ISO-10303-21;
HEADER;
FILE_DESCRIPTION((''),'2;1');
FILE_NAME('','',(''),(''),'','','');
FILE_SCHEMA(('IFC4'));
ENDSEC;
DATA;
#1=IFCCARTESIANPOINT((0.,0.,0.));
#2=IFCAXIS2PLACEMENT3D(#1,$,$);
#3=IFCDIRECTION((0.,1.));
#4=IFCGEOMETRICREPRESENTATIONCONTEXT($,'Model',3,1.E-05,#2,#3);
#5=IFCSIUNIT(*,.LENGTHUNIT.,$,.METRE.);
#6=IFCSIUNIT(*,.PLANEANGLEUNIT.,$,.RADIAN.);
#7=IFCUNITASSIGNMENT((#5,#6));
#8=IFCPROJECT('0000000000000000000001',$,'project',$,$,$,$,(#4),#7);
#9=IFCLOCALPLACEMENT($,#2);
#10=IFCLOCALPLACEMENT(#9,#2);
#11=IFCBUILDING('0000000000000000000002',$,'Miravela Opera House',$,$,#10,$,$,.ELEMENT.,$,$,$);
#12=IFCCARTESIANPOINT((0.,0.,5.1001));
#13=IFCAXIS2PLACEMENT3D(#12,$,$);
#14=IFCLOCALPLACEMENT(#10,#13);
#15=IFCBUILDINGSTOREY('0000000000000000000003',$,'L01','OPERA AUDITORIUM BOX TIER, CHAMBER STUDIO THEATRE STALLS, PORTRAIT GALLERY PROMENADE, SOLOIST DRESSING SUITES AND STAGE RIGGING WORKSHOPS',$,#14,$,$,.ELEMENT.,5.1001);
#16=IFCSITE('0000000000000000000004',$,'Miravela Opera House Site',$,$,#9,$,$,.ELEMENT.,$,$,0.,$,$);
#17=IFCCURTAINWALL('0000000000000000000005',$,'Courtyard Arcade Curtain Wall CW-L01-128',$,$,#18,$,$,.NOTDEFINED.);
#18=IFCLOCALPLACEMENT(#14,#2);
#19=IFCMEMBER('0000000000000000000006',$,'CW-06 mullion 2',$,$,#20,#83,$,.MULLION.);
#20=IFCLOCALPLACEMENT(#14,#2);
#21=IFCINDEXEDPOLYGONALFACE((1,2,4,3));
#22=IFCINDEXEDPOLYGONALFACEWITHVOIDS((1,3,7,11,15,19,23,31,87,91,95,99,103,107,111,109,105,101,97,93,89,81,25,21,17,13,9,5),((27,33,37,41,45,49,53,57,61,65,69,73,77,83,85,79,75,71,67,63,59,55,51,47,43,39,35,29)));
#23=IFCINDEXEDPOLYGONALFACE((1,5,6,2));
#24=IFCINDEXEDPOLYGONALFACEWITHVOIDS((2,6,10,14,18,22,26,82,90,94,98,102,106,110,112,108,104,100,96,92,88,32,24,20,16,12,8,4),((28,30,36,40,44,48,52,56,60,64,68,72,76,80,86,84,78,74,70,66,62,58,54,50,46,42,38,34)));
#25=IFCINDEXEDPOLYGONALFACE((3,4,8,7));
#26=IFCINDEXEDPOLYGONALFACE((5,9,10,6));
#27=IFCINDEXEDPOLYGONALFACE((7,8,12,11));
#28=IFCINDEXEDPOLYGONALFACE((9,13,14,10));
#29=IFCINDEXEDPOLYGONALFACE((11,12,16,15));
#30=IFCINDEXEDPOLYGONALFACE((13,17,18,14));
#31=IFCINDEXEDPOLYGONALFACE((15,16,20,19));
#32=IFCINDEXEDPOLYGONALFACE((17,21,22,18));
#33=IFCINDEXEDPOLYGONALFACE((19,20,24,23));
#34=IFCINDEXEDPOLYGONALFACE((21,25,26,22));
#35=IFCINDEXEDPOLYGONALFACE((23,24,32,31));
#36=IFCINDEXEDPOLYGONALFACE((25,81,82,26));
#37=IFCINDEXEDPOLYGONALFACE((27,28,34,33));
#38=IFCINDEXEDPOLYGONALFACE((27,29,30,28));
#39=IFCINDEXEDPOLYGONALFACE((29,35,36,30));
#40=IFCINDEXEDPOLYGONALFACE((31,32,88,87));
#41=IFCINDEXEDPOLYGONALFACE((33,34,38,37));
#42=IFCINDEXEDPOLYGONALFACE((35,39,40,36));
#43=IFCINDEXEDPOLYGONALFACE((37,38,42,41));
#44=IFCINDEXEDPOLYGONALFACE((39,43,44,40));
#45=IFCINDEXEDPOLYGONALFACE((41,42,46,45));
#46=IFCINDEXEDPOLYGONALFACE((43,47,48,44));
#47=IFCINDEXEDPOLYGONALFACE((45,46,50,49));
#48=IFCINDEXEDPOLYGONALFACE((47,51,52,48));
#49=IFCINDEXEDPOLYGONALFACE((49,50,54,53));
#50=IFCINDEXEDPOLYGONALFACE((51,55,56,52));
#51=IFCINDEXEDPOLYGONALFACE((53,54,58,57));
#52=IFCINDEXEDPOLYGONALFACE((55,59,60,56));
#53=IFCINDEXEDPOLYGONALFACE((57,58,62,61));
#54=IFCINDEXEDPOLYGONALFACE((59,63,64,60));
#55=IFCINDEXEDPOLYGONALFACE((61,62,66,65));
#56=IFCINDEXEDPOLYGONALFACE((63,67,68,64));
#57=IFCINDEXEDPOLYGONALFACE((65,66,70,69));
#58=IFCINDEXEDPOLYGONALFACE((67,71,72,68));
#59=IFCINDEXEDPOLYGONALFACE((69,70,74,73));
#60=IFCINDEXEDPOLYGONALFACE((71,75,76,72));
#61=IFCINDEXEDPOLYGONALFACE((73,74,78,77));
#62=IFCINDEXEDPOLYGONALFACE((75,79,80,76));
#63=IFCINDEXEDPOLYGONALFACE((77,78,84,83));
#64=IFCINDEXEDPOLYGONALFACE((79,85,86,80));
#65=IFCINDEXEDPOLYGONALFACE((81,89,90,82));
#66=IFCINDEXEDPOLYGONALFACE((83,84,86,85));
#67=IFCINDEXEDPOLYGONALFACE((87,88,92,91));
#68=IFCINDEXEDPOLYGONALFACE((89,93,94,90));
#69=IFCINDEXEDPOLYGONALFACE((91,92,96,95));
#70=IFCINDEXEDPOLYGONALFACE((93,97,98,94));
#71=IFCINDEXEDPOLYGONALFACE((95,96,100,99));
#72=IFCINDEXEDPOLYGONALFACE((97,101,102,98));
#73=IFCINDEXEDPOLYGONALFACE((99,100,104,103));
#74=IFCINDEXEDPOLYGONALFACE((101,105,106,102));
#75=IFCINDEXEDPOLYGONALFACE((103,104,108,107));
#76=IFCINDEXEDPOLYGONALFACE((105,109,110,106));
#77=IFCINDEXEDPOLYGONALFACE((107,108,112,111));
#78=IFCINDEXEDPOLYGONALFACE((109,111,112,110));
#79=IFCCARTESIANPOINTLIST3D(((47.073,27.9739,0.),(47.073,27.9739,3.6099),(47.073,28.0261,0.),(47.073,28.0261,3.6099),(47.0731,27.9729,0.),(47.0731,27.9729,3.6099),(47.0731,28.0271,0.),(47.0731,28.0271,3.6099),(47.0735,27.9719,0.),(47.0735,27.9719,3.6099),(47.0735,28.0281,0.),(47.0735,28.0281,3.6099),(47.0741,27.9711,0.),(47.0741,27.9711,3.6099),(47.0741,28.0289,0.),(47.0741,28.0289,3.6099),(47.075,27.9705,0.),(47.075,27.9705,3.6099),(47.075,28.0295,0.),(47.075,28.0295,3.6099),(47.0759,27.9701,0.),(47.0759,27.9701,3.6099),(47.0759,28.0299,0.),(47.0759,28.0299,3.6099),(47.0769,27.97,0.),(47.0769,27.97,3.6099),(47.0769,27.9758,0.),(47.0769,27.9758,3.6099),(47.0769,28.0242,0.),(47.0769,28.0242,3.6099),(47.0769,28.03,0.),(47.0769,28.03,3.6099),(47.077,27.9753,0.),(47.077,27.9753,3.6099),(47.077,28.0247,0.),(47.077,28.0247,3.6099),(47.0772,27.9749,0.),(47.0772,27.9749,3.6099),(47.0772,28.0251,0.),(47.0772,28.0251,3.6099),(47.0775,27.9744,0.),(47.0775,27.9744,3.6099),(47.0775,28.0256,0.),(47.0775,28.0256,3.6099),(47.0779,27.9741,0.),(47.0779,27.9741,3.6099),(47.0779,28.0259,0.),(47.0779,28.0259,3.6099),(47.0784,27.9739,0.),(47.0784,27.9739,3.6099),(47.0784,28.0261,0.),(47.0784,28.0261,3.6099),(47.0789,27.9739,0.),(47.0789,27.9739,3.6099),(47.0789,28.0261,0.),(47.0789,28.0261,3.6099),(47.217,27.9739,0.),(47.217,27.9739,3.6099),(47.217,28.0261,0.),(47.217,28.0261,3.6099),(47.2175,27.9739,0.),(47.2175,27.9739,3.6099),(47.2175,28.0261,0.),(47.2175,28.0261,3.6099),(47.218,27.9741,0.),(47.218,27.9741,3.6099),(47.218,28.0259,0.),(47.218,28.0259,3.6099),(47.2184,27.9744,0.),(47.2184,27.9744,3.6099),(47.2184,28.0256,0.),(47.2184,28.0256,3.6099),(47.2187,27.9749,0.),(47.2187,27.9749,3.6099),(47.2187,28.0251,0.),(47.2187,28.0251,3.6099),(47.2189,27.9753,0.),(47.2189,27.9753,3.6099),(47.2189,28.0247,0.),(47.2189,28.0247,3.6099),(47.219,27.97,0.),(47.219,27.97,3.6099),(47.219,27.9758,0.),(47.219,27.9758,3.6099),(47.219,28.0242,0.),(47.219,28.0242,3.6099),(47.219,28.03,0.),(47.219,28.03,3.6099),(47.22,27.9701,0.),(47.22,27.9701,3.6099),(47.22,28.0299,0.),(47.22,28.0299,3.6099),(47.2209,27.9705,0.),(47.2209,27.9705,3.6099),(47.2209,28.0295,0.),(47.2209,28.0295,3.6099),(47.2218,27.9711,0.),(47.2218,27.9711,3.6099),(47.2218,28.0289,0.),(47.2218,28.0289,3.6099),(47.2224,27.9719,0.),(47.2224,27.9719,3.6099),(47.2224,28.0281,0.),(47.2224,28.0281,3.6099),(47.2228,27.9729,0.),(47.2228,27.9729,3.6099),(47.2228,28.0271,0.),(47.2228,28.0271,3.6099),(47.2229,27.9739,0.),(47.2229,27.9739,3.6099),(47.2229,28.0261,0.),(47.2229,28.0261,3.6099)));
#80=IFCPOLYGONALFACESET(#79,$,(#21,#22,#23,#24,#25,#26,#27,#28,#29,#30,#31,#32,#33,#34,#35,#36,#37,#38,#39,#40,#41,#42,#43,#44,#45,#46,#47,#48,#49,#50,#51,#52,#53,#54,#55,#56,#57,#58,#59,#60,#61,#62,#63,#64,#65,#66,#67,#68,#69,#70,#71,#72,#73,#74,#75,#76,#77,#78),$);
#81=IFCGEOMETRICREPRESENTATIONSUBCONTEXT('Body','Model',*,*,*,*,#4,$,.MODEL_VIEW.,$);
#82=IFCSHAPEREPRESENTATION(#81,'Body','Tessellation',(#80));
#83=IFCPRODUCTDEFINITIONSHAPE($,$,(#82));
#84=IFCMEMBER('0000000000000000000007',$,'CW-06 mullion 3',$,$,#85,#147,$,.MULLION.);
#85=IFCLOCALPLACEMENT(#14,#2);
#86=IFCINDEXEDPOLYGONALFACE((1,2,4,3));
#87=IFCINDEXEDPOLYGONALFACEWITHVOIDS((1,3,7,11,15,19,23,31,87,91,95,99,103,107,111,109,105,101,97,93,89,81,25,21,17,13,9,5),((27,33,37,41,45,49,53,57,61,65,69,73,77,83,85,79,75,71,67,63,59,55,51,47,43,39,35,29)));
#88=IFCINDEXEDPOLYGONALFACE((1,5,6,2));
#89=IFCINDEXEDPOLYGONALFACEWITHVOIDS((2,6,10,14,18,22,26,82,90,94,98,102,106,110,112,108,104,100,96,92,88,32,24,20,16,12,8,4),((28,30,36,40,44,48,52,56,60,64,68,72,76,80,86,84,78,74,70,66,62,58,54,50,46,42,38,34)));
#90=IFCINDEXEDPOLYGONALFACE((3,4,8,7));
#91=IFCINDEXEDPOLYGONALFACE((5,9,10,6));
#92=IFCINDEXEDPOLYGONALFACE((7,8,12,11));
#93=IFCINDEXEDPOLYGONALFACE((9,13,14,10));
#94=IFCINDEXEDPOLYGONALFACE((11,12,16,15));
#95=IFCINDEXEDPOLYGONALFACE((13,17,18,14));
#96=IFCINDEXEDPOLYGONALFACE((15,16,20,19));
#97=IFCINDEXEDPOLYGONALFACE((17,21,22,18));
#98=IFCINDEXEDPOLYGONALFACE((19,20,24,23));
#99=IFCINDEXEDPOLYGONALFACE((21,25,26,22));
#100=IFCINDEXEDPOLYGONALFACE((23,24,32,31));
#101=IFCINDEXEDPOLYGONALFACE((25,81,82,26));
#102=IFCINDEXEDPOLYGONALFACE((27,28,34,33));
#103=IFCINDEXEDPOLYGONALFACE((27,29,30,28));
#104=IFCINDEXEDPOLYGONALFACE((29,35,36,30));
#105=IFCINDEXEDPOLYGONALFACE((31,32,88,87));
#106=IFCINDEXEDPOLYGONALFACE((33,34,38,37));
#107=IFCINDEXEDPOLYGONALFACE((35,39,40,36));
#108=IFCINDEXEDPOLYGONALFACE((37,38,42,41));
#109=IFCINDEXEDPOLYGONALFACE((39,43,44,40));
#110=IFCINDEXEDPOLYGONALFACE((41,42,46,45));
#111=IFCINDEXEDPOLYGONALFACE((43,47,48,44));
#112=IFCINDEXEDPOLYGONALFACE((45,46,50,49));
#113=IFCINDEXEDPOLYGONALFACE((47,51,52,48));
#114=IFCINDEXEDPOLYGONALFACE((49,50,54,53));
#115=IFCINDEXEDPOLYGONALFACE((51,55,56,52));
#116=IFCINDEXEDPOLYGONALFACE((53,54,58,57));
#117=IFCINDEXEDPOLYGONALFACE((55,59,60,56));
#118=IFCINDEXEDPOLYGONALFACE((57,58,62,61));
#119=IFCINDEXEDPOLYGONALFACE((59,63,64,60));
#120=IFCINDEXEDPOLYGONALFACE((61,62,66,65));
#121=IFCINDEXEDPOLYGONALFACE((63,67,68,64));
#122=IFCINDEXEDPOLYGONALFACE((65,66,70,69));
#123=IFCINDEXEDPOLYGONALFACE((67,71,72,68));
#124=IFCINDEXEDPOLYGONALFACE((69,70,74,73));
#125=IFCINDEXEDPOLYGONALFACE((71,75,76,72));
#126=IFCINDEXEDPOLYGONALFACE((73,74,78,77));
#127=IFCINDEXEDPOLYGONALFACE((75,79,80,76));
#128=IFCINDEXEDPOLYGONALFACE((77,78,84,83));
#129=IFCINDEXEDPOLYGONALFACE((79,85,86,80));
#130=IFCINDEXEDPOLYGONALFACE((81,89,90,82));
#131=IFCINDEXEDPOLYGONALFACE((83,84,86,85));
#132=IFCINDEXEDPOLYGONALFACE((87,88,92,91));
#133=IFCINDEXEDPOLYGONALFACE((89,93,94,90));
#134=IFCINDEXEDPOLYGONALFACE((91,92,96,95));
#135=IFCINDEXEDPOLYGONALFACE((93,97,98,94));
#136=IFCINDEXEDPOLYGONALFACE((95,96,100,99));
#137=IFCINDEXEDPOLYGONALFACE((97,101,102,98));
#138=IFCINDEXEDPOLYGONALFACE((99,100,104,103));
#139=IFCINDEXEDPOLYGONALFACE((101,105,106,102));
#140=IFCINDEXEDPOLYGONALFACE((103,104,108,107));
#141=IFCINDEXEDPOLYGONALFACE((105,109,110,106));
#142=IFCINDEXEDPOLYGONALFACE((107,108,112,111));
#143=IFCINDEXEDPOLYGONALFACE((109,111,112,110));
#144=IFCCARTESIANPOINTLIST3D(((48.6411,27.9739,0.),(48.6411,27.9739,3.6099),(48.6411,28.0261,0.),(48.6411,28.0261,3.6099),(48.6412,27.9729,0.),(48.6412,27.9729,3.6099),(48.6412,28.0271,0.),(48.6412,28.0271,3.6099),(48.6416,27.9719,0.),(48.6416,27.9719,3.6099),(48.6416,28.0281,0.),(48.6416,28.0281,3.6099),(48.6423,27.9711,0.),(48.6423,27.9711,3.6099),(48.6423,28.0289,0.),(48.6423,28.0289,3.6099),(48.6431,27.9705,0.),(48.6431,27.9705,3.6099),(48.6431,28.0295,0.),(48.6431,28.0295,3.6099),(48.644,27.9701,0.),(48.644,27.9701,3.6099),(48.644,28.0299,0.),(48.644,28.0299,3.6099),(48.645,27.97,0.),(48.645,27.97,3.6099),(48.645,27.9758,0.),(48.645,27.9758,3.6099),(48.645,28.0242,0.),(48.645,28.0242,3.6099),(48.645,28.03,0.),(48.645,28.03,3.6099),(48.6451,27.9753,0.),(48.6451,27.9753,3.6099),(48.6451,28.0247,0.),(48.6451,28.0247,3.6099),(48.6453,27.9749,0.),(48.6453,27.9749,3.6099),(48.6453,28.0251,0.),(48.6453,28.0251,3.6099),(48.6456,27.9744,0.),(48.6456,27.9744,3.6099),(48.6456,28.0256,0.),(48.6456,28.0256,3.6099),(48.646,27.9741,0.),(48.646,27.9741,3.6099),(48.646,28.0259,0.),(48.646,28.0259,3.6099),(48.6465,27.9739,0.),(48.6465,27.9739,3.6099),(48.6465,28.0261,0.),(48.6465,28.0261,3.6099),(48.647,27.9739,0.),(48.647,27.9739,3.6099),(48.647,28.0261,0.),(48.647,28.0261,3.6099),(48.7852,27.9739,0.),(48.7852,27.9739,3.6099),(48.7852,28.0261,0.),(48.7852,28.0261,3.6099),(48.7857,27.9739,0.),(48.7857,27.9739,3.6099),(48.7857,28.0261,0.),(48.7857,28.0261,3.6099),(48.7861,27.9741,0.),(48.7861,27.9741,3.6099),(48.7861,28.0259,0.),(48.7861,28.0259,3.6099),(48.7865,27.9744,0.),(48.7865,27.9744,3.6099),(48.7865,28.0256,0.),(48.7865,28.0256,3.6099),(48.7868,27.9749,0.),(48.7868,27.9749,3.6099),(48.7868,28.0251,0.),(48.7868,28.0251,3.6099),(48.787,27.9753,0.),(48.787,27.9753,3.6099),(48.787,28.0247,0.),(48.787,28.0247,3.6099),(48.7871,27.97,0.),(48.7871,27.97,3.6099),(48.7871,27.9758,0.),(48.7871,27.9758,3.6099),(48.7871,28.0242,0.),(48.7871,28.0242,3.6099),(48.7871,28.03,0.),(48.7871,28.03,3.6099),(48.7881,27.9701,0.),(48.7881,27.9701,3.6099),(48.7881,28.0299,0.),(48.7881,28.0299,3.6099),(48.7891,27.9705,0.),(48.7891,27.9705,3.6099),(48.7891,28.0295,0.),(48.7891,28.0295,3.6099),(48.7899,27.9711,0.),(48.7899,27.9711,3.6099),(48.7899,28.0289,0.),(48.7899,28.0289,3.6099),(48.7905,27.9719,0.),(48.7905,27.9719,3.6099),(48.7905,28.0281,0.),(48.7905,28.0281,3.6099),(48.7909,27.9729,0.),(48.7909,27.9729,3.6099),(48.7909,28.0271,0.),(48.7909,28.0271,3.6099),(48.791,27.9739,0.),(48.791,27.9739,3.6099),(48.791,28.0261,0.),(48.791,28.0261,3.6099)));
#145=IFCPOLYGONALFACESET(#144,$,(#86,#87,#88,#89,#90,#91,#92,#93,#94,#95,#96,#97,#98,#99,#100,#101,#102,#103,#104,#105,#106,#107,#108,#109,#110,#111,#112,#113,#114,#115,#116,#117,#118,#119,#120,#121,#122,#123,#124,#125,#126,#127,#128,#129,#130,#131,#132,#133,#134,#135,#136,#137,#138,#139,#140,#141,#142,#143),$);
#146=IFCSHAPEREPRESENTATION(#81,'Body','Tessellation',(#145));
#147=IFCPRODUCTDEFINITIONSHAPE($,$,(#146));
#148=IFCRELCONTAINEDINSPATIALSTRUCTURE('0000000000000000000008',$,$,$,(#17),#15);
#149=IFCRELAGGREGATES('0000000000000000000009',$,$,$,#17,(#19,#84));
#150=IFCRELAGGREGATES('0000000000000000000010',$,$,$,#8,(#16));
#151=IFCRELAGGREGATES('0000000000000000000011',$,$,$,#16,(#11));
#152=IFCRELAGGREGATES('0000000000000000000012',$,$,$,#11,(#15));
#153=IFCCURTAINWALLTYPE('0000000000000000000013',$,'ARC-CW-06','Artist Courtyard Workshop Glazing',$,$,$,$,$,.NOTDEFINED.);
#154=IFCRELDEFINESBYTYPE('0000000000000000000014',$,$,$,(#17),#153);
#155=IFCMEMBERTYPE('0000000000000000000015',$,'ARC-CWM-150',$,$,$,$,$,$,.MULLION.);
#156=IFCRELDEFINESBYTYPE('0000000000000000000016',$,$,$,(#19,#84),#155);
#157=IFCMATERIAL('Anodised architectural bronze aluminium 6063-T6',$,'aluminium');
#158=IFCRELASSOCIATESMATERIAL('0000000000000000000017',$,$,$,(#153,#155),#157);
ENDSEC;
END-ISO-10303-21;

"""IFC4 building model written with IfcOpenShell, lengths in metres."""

from ifc_helpers import new_model, si_unit, direction, frame, origin, origin_2d, place, context, subcontext, project, spatial, hollow_rectangle, extrude, material, material_profile, profile_set, type_object, element, aggregate, save


model = new_model("IFC4")

# Units and contexts
model_context = context("Model", 3, precision=1e-05, world=origin(), true_north=direction((0.0, 1.0)))
body_context = subcontext(model_context, "Body", "Model", "MODEL_VIEW")
ifc_project = project(units=[si_unit("LENGTHUNIT", "METRE"), si_unit("PLANEANGLEUNIT", "RADIAN")], contexts=[model_context])

# Site, building, storey
site_placement = place(None, origin())
site = spatial("IfcSite", under=ifc_project, at=site_placement, Name="Miravela Opera House Site", CompositionType="ELEMENT", RefElevation=0.0)
building_placement = place(site_placement, origin())
building = spatial("IfcBuilding", under=site, at=building_placement, Name="Miravela Opera House", CompositionType="ELEMENT")
storey_placement = place(building_placement, frame((0.0, 0.0, 5.1001)))
storey = spatial("IfcBuildingStorey", under=building, at=storey_placement, Name="L01", Description="OPERA AUDITORIUM BOX TIER, CHAMBER STUDIO THEATRE STALLS, PORTRAIT GALLERY PROMENADE, SOLOIST DRESSING SUITES AND STAGE RIGGING WORKSHOPS", CompositionType="ELEMENT", Elevation=5.1001)

# Curtain wall, members
ifc_material_1 = material(Name="Anodised architectural bronze aluminium 6063-T6", Category="aluminium")
curtain_wall_type = type_object("IfcCurtainWallType", Name="ARC-CW-06", Description="Artist Courtyard Workshop Glazing", PredefinedType="NOTDEFINED", material=ifc_material_1)
curtain_wall_placement = place(storey_placement, origin())
curtain_wall = element("IfcCurtainWall", 1, at=curtain_wall_placement, inside=storey, type_object=curtain_wall_type, Name="Courtyard Arcade Curtain Wall CW-L01-128", PredefinedType="NOTDEFINED")
ifc_material_profile_1 = material_profile(ifc_material_1, hollow_rectangle(XDim=0.0601, YDim=0.1499, WallThickness=0.0039, InnerFilletRadius=0.002, OuterFilletRadius=0.0039, at=origin_2d()), Name="CWM-60X150")
ifc_profile_set_1 = profile_set([ifc_material_profile_1])
member_type_1 = type_object("IfcMemberType", Name="ARC-CWM-150", PredefinedType="MULLION", material=ifc_profile_set_1)
member_1_placement = place(storey_placement, frame((47.1479, 28.0, 0.0), z_axis=(0.0, 0.0, 1.0), x_axis=(0.0, 1.0, 0.0)))
member_1 = element("IfcMember", 2, at=member_1_placement, type_object=member_type_1, Name="CW-06 mullion 2", PredefinedType="MULLION", context=body_context, shape_type="SweptSolid", body=[
    extrude(hollow_rectangle(XDim=0.0601, YDim=0.1499, WallThickness=0.0039, InnerFilletRadius=0.002, OuterFilletRadius=0.0039, at=origin_2d()), origin(), (0.0, 0.0, 1.0), 3.6099),
])
member_2_placement = place(storey_placement, frame((48.7161, 28.0, 0.0), z_axis=(0.0, 0.0, 1.0), x_axis=(0.0, 1.0, 0.0)))
member_2 = element("IfcMember", 3, at=member_2_placement, type_object=member_type_1, Name="CW-06 mullion 3", PredefinedType="MULLION", context=body_context, shape_type="SweptSolid", body=[
    extrude(hollow_rectangle(XDim=0.0601, YDim=0.1499, WallThickness=0.0039, InnerFilletRadius=0.002, OuterFilletRadius=0.0039, at=origin_2d()), origin(), (0.0, 0.0, 1.0), 3.6099),
])
aggregate(curtain_wall, [member_1, member_2])

save(model, "model.ifc")
